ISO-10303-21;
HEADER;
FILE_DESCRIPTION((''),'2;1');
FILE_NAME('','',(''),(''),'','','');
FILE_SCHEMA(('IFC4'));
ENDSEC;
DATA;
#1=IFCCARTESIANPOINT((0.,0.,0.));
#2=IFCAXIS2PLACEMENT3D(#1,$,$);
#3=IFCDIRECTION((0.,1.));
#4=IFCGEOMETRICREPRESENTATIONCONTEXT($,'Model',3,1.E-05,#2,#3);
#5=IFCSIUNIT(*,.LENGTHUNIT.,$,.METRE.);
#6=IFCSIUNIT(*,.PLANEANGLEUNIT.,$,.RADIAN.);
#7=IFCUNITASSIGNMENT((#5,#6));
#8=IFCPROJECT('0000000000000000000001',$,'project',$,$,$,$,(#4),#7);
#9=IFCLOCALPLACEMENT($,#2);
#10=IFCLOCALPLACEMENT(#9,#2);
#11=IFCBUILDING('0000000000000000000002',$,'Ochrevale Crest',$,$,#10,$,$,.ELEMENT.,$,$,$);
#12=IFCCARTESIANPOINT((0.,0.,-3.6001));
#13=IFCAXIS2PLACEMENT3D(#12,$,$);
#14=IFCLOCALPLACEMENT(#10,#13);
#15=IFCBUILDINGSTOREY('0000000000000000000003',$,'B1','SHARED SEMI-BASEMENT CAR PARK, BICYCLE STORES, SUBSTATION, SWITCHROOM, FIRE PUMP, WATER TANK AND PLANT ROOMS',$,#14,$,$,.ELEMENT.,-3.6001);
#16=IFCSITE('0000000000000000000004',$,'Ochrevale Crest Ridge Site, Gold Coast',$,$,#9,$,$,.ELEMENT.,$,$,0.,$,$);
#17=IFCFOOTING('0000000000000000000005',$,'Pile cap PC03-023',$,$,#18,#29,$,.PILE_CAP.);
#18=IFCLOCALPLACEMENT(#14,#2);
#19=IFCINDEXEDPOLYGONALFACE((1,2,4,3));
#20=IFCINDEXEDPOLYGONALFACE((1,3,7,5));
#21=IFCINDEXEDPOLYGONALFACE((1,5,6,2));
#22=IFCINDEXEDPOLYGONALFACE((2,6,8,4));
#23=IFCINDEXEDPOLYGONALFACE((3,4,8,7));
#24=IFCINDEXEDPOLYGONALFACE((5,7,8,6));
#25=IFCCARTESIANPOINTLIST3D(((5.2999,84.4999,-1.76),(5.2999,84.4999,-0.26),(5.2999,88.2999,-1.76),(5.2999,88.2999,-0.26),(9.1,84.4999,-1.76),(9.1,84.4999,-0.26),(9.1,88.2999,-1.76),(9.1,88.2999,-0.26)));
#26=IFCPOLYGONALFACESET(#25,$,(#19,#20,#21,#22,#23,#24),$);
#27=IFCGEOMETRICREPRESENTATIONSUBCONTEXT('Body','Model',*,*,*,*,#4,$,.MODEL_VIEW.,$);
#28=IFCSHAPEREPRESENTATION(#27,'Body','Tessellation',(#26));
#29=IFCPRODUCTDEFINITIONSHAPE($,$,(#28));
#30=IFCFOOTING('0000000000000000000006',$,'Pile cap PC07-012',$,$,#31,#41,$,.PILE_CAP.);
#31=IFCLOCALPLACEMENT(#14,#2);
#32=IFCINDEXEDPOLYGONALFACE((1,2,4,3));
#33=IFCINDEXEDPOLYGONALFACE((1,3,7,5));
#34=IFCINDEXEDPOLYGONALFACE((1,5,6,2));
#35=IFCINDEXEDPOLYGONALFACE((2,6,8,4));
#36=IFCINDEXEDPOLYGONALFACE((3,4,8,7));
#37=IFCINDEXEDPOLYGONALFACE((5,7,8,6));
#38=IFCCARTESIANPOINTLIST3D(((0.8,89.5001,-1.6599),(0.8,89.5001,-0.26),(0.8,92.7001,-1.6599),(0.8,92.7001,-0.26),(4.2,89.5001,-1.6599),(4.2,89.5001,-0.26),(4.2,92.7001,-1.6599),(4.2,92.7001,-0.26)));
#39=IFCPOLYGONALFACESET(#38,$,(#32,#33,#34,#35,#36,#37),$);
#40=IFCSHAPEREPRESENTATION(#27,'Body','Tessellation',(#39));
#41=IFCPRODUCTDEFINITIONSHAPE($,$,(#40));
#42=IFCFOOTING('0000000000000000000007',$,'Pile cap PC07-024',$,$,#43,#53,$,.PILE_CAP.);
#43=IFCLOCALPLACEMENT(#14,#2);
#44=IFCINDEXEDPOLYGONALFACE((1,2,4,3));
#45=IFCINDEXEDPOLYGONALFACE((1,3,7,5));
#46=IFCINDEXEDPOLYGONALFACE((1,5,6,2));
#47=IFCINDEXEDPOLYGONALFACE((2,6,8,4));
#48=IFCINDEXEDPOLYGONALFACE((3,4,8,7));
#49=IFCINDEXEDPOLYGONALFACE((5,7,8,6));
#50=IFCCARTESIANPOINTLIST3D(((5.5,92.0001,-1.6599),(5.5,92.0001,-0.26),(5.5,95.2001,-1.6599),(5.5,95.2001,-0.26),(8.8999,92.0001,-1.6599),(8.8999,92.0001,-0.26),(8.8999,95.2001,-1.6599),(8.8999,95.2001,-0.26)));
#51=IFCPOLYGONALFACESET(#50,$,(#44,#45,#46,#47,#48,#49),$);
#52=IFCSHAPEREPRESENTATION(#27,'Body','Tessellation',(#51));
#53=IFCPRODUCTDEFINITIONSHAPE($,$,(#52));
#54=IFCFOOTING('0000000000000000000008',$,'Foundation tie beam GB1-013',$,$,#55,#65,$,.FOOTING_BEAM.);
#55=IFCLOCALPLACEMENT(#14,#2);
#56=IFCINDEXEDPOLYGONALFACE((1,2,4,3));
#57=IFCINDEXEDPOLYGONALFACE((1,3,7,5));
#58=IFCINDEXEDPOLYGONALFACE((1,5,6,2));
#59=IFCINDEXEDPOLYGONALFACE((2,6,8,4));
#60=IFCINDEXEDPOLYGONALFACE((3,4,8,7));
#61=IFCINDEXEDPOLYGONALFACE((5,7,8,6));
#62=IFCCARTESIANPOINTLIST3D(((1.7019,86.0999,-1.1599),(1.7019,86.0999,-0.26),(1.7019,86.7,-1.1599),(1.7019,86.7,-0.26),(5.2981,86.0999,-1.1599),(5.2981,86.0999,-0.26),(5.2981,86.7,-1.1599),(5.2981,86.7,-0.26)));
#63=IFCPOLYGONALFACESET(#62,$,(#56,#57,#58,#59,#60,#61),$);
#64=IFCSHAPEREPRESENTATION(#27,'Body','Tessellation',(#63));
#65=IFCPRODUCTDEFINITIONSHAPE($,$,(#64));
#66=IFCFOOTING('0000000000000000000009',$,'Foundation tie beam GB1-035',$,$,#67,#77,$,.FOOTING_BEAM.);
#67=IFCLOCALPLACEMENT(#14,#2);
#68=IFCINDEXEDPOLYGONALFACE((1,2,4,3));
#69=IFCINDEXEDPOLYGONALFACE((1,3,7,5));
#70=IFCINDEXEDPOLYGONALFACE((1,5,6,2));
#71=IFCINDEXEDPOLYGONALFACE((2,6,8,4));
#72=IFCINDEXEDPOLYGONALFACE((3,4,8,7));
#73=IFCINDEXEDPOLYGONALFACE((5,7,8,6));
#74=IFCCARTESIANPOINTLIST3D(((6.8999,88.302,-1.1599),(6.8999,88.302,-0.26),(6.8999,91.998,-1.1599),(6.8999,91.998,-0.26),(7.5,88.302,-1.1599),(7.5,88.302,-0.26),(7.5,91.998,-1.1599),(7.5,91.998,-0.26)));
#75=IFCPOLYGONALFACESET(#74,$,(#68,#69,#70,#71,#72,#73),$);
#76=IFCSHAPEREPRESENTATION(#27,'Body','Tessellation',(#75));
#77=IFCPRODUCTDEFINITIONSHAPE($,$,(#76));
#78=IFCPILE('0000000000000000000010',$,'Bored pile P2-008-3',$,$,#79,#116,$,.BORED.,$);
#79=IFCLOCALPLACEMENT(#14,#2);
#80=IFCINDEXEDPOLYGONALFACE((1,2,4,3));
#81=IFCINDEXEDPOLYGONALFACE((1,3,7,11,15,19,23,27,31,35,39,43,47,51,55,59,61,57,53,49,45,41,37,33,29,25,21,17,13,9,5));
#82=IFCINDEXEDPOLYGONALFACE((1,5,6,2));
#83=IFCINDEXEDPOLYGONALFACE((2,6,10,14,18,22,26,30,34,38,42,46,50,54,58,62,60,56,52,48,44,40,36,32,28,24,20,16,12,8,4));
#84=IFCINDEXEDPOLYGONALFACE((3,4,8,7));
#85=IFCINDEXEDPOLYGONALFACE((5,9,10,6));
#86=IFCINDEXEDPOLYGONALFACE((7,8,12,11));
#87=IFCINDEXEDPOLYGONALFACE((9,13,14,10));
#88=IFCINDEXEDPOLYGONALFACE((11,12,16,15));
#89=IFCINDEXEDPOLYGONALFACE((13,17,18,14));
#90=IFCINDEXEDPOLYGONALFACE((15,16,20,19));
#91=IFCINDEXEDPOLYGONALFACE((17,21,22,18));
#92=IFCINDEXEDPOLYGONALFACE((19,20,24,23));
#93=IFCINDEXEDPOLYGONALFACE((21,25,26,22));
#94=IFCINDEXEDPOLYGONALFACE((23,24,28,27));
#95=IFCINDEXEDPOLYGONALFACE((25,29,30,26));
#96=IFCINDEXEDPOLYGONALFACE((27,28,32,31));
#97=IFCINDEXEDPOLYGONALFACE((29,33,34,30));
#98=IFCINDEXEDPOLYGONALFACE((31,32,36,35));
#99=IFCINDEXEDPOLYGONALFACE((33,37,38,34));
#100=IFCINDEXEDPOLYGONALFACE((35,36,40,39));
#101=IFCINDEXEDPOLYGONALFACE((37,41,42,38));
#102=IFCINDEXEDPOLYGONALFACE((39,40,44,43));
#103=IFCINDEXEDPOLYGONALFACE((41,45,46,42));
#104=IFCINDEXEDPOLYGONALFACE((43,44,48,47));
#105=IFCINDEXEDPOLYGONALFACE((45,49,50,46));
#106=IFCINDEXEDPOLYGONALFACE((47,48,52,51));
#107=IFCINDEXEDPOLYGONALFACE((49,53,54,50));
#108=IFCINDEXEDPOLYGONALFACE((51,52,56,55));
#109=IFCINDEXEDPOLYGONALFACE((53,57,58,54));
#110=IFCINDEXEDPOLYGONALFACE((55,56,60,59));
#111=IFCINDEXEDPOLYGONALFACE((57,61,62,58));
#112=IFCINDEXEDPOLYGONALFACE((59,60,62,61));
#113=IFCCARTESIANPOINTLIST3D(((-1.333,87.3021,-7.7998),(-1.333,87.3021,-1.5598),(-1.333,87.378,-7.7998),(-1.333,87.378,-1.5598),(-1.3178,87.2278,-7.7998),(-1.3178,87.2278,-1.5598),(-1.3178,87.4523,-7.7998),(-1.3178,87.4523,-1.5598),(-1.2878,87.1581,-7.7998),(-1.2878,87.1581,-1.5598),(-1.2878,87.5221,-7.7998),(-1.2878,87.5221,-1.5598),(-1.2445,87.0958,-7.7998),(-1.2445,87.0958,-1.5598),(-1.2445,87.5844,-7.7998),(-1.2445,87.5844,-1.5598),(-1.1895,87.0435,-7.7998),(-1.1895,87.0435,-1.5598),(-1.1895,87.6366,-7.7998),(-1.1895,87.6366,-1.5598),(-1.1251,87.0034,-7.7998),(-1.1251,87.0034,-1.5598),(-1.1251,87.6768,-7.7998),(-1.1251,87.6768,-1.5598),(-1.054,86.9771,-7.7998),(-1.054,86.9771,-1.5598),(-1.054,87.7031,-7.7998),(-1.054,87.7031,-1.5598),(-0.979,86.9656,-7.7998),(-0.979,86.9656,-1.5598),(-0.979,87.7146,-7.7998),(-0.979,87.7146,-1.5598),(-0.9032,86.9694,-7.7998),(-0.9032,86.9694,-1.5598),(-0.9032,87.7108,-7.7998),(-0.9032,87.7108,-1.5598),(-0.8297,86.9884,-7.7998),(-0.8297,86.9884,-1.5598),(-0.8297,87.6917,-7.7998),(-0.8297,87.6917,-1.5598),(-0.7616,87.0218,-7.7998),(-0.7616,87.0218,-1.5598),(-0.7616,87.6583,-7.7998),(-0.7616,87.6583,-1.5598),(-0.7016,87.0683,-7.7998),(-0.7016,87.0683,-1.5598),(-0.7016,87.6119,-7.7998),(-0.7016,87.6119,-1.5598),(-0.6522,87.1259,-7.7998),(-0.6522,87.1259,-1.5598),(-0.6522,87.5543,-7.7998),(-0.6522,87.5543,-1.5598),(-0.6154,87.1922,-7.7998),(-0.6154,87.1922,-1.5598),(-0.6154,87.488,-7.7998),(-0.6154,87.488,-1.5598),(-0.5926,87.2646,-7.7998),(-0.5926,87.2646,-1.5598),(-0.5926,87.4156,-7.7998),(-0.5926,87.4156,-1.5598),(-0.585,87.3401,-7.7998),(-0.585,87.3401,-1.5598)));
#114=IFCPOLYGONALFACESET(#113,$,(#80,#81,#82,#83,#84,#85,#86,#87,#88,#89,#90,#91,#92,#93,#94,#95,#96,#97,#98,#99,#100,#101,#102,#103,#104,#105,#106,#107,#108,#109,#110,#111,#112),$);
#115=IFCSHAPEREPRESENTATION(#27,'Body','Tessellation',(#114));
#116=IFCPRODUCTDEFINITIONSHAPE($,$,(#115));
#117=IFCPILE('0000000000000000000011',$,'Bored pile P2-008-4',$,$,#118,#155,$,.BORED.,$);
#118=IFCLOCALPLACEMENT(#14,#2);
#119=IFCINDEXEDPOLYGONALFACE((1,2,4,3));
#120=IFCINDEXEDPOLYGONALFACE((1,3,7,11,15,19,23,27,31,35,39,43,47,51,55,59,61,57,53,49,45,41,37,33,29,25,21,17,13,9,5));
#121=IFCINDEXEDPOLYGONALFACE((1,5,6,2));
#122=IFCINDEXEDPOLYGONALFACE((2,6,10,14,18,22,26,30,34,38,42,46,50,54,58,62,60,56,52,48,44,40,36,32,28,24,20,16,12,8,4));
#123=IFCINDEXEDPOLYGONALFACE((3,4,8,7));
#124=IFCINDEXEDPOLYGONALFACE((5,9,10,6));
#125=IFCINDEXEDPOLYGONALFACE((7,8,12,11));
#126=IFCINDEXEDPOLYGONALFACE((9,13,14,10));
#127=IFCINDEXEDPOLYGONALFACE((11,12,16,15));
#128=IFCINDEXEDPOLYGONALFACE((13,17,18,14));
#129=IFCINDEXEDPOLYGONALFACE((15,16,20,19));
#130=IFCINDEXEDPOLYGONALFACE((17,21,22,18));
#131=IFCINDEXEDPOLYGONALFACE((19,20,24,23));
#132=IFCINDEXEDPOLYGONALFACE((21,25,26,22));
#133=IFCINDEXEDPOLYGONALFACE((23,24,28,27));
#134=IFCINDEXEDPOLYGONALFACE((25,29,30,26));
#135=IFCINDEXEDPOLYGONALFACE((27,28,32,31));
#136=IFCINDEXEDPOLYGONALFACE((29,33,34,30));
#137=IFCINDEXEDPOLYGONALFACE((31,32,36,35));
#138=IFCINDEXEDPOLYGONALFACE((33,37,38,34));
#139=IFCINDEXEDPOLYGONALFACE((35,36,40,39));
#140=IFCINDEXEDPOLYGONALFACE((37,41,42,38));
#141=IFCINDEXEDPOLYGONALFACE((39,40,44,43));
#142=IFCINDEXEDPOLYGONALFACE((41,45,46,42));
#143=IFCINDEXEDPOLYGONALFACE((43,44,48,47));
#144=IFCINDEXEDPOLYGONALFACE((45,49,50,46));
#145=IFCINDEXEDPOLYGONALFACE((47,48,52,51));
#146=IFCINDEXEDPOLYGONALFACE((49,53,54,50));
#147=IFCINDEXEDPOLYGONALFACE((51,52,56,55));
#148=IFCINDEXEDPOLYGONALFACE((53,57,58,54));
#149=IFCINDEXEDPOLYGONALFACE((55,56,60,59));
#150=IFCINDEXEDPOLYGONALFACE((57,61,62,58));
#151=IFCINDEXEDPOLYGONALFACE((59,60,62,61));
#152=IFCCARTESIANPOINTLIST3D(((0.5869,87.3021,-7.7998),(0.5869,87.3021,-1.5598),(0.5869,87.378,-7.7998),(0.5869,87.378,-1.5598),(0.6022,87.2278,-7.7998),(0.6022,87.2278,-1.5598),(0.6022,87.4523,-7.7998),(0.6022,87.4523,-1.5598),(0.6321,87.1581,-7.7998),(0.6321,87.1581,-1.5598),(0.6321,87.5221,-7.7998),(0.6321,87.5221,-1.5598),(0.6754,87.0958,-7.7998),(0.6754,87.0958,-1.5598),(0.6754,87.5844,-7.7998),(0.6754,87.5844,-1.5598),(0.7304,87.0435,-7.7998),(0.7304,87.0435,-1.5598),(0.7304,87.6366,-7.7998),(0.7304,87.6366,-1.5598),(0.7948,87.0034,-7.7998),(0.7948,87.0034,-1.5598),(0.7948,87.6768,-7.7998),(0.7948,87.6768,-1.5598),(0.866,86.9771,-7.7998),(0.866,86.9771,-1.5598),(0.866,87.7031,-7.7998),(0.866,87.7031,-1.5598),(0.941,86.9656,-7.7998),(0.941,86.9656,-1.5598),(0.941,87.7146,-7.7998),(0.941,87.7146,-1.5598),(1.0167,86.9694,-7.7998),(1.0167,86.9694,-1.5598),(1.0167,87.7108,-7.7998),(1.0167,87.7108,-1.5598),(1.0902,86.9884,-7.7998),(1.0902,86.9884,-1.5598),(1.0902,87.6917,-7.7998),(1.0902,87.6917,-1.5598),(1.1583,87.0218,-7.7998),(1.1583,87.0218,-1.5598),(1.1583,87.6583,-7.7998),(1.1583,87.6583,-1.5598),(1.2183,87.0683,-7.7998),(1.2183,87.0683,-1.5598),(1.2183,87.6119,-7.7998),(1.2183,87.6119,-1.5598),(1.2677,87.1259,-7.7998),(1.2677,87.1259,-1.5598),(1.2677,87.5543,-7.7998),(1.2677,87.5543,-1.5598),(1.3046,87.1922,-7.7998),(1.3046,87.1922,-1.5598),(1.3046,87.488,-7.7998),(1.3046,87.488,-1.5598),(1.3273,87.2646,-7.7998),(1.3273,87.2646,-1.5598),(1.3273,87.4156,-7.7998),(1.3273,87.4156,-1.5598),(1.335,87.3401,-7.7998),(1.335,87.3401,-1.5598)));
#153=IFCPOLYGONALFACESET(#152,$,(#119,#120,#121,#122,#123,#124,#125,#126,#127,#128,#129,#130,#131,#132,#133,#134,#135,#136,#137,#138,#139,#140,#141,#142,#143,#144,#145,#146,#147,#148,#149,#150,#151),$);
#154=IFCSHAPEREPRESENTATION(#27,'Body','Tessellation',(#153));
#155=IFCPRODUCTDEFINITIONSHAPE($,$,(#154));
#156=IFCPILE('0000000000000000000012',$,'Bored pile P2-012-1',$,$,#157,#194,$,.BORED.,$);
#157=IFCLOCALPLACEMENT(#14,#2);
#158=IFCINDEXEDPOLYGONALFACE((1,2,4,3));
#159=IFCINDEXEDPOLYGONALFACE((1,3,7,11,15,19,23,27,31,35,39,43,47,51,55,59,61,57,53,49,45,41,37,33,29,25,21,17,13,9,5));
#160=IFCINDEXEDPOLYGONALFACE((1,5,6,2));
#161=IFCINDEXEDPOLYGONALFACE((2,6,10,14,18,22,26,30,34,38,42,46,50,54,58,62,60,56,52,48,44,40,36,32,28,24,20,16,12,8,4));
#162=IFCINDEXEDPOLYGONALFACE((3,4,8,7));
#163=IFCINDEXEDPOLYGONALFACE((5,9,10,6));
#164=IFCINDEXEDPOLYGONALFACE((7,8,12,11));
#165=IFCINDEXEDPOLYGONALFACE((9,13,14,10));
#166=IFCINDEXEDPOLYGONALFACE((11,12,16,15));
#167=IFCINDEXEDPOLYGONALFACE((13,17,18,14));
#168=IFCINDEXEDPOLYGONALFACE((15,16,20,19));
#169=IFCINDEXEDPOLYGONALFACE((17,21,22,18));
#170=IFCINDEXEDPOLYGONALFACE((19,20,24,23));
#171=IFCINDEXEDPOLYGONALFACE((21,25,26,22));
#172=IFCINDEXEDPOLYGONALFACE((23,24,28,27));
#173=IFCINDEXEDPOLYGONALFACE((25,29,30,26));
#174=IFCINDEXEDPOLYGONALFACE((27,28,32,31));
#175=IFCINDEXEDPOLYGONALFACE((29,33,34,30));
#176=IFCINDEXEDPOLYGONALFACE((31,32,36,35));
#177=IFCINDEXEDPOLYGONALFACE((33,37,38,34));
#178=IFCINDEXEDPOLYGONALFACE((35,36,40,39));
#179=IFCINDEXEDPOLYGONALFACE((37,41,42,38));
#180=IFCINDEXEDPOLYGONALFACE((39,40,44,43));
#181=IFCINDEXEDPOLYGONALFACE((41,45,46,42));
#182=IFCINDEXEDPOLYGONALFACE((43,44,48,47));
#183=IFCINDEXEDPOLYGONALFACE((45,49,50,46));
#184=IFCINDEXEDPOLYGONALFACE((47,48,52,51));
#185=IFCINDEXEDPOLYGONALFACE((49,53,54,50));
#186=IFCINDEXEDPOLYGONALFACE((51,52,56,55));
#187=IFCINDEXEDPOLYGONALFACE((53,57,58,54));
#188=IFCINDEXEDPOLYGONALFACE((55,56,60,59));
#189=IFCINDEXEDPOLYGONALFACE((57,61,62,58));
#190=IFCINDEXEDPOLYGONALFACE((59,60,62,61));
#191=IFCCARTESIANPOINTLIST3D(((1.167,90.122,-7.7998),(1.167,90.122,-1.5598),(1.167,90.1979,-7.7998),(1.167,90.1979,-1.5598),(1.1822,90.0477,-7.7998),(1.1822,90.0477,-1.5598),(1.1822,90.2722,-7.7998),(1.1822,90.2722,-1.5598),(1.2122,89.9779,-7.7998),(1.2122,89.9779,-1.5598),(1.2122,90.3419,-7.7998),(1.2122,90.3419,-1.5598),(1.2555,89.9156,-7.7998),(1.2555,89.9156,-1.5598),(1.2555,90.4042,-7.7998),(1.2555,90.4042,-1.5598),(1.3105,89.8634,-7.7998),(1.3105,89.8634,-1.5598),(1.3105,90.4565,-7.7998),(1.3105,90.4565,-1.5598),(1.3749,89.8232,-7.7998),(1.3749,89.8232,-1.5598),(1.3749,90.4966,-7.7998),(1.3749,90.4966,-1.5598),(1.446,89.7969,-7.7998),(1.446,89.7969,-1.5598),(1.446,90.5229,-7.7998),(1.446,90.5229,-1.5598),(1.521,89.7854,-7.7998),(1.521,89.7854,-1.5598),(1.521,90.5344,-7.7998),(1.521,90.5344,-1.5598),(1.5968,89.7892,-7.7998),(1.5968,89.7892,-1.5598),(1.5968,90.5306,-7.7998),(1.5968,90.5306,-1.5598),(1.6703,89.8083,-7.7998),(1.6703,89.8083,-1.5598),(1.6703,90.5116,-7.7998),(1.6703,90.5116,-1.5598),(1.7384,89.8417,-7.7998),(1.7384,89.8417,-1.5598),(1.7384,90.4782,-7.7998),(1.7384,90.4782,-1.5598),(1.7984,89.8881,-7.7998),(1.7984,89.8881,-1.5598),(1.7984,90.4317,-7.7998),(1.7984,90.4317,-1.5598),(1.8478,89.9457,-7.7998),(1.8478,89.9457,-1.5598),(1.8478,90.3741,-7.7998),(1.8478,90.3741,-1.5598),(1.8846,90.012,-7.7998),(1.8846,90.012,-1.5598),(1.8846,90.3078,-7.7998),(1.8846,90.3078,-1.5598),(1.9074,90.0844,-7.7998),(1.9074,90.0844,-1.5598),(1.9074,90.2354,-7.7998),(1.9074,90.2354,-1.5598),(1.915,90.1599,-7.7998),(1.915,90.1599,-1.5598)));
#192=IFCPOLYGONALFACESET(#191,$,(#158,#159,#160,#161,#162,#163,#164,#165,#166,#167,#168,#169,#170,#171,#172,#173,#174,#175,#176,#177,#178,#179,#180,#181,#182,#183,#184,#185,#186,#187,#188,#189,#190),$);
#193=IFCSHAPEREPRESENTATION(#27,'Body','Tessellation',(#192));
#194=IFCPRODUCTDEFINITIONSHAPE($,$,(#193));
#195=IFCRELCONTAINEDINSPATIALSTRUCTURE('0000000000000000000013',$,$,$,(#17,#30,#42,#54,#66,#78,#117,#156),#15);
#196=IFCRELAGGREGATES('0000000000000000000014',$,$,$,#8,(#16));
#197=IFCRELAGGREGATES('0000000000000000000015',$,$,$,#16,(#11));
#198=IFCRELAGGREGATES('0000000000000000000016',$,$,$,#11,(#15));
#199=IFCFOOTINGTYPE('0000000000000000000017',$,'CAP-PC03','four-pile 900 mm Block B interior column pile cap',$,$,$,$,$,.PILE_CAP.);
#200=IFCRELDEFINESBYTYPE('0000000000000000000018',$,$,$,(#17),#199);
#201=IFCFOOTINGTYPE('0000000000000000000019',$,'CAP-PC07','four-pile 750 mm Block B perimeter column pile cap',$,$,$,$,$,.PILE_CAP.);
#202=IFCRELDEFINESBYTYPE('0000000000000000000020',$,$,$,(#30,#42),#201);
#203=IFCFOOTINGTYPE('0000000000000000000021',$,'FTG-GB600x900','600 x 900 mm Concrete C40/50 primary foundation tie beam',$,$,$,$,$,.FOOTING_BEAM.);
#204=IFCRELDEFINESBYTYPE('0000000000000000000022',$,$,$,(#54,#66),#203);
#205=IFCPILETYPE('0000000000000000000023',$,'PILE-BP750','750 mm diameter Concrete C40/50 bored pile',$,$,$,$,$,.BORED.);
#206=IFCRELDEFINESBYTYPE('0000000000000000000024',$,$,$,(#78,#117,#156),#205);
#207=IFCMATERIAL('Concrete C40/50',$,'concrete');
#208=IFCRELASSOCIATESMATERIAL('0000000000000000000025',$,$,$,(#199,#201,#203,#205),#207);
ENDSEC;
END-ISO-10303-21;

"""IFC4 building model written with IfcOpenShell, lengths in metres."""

from ifc_helpers import new_model, si_unit, direction, frame, origin, origin_2d, place, context, subcontext, project, spatial, rectangle, circle, extrude, material, material_profile, profile_set, type_object, element, save


model = new_model("IFC4")

# Units and contexts
model_context = context("Model", 3, precision=1e-05, world=origin(), true_north=direction((0.0, 1.0)))
body_context = subcontext(model_context, "Body", "Model", "MODEL_VIEW")
ifc_project = project(units=[si_unit("LENGTHUNIT", "METRE"), si_unit("PLANEANGLEUNIT", "RADIAN")], contexts=[model_context])

# Site, building, storey
site_placement = place(None, origin())
site = spatial("IfcSite", under=ifc_project, at=site_placement, Name="Ochrevale Crest Ridge Site, Gold Coast", CompositionType="ELEMENT", RefElevation=0.0)
building_placement = place(site_placement, origin())
building = spatial("IfcBuilding", under=site, at=building_placement, Name="Ochrevale Crest", CompositionType="ELEMENT")
storey_placement = place(building_placement, frame((0.0, 0.0, -3.6001)))
storey = spatial("IfcBuildingStorey", under=building, at=storey_placement, Name="B1", Description="SHARED SEMI-BASEMENT CAR PARK, BICYCLE STORES, SUBSTATION, SWITCHROOM, FIRE PUMP, WATER TANK AND PLANT ROOMS", CompositionType="ELEMENT", Elevation=-3.6001)

# Footings
ifc_material_1 = material(Name="Concrete C40/50", Category="concrete")
footing_type_1 = type_object("IfcFootingType", Name="CAP-PC03", Description="four-pile 900 mm Block B interior column pile cap", PredefinedType="PILE_CAP", material=ifc_material_1)
footing_1_placement = place(storey_placement, frame((7.2, 86.3999, -1.76), z_axis=(0.0, 0.0, 1.0), x_axis=(1.0, 0.0, 0.0)))
element("IfcFooting", 1, at=footing_1_placement, inside=storey, type_object=footing_type_1, Name="Pile cap PC03-023", PredefinedType="PILE_CAP", context=body_context, shape_type="SweptSolid", body=[
    extrude(rectangle(XDim=3.8, YDim=3.8, at=origin_2d()), origin(), (0.0, 0.0, 1.0), 1.5),
])
footing_type_2 = type_object("IfcFootingType", Name="CAP-PC07", Description="four-pile 750 mm Block B perimeter column pile cap", PredefinedType="PILE_CAP", material=ifc_material_1)
for number, where, z_axis, x_axis, name in (
    (2, (2.5, 91.1001, -1.6599), (0.0, 0.0, 1.0), (1.0, 0.0, 0.0), "Pile cap PC07-012"),
    (3, (7.2, 93.6001, -1.6599), (0.0, 0.0, 1.0), (1.0, 0.0, 0.0), "Pile cap PC07-024"),
):
    element("IfcFooting", number, at=place(storey_placement, frame(where, z_axis=z_axis, x_axis=x_axis)), inside=storey, type_object=footing_type_2, Name=name, PredefinedType="PILE_CAP", context=body_context, shape_type="SweptSolid", body=[
        extrude(rectangle(XDim=3.3999, YDim=3.2, at=origin_2d()), origin(), (0.0, 0.0, 1.0), 1.3999),
    ])
ifc_material_profile_1 = material_profile(ifc_material_1, rectangle(XDim=0.6001, YDim=0.8999, at=origin_2d()), Name="GB 600x900")
ifc_profile_set_1 = profile_set([ifc_material_profile_1], Name="Concrete C40/50")
footing_type_3 = type_object("IfcFootingType", Name="FTG-GB600x900", Description="600 x 900 mm Concrete C40/50 primary foundation tie beam", PredefinedType="FOOTING_BEAM", material=ifc_profile_set_1)
footing_2_placement = place(storey_placement, frame((1.7019, 86.3999, -0.71), z_axis=(1.0, 0.0, 0.0), x_axis=(0.0, 1.0, 0.0)))
element("IfcFooting", 4, at=footing_2_placement, inside=storey, type_object=footing_type_3, Name="Foundation tie beam GB1-013", PredefinedType="FOOTING_BEAM", context=body_context, shape_type="SweptSolid", body=[
    extrude(rectangle(XDim=0.6001, YDim=0.8999, at=origin_2d()), origin(), (0.0, 0.0, 1.0), 3.5962),
])
footing_3_placement = place(storey_placement, frame((7.2, 88.302, -0.71), z_axis=(0.0, 1.0, 0.0), x_axis=(-1.0, 0.0, 0.0)))
element("IfcFooting", 5, at=footing_3_placement, inside=storey, type_object=footing_type_3, Name="Foundation tie beam GB1-035", PredefinedType="FOOTING_BEAM", context=body_context, shape_type="SweptSolid", body=[
    extrude(rectangle(XDim=0.6001, YDim=0.8999, at=origin_2d()), origin(), (0.0, 0.0, 1.0), 3.696),
])

# Piles
ifc_material_profile_2 = material_profile(ifc_material_1, circle(Radius=0.375, at=origin_2d()), Name="BORED PILE 750")
ifc_profile_set_2 = profile_set([ifc_material_profile_2], Name="Concrete C40/50")
pile_type_1 = type_object("IfcPileType", Name="PILE-BP750", Description="750 mm diameter Concrete C40/50 bored pile", PredefinedType="BORED", material=ifc_profile_set_2)
for number, where, z_axis, x_axis, name in (
    (6, (-0.96, 87.3401, -1.5598), (0.0, 0.0, -1.0), (1.0, 0.0, 0.0), "Bored pile P2-008-3"),
    (7, (0.96, 87.3401, -1.5598), (0.0, 0.0, -1.0), (1.0, 0.0, 0.0), "Bored pile P2-008-4"),
    (8, (1.54, 90.1599, -1.5598), (0.0, 0.0, -1.0), (1.0, 0.0, 0.0), "Bored pile P2-012-1"),
):
    element("IfcPile", number, at=place(storey_placement, frame(where, z_axis=z_axis, x_axis=x_axis)), inside=storey, type_object=pile_type_1, Name=name, PredefinedType="BORED", context=body_context, shape_type="SweptSolid", body=[
        extrude(circle(Radius=0.375, at=origin_2d()), origin(), (0.0, 0.0, 1.0), 6.24),
    ])

save(model, "model.ifc")
